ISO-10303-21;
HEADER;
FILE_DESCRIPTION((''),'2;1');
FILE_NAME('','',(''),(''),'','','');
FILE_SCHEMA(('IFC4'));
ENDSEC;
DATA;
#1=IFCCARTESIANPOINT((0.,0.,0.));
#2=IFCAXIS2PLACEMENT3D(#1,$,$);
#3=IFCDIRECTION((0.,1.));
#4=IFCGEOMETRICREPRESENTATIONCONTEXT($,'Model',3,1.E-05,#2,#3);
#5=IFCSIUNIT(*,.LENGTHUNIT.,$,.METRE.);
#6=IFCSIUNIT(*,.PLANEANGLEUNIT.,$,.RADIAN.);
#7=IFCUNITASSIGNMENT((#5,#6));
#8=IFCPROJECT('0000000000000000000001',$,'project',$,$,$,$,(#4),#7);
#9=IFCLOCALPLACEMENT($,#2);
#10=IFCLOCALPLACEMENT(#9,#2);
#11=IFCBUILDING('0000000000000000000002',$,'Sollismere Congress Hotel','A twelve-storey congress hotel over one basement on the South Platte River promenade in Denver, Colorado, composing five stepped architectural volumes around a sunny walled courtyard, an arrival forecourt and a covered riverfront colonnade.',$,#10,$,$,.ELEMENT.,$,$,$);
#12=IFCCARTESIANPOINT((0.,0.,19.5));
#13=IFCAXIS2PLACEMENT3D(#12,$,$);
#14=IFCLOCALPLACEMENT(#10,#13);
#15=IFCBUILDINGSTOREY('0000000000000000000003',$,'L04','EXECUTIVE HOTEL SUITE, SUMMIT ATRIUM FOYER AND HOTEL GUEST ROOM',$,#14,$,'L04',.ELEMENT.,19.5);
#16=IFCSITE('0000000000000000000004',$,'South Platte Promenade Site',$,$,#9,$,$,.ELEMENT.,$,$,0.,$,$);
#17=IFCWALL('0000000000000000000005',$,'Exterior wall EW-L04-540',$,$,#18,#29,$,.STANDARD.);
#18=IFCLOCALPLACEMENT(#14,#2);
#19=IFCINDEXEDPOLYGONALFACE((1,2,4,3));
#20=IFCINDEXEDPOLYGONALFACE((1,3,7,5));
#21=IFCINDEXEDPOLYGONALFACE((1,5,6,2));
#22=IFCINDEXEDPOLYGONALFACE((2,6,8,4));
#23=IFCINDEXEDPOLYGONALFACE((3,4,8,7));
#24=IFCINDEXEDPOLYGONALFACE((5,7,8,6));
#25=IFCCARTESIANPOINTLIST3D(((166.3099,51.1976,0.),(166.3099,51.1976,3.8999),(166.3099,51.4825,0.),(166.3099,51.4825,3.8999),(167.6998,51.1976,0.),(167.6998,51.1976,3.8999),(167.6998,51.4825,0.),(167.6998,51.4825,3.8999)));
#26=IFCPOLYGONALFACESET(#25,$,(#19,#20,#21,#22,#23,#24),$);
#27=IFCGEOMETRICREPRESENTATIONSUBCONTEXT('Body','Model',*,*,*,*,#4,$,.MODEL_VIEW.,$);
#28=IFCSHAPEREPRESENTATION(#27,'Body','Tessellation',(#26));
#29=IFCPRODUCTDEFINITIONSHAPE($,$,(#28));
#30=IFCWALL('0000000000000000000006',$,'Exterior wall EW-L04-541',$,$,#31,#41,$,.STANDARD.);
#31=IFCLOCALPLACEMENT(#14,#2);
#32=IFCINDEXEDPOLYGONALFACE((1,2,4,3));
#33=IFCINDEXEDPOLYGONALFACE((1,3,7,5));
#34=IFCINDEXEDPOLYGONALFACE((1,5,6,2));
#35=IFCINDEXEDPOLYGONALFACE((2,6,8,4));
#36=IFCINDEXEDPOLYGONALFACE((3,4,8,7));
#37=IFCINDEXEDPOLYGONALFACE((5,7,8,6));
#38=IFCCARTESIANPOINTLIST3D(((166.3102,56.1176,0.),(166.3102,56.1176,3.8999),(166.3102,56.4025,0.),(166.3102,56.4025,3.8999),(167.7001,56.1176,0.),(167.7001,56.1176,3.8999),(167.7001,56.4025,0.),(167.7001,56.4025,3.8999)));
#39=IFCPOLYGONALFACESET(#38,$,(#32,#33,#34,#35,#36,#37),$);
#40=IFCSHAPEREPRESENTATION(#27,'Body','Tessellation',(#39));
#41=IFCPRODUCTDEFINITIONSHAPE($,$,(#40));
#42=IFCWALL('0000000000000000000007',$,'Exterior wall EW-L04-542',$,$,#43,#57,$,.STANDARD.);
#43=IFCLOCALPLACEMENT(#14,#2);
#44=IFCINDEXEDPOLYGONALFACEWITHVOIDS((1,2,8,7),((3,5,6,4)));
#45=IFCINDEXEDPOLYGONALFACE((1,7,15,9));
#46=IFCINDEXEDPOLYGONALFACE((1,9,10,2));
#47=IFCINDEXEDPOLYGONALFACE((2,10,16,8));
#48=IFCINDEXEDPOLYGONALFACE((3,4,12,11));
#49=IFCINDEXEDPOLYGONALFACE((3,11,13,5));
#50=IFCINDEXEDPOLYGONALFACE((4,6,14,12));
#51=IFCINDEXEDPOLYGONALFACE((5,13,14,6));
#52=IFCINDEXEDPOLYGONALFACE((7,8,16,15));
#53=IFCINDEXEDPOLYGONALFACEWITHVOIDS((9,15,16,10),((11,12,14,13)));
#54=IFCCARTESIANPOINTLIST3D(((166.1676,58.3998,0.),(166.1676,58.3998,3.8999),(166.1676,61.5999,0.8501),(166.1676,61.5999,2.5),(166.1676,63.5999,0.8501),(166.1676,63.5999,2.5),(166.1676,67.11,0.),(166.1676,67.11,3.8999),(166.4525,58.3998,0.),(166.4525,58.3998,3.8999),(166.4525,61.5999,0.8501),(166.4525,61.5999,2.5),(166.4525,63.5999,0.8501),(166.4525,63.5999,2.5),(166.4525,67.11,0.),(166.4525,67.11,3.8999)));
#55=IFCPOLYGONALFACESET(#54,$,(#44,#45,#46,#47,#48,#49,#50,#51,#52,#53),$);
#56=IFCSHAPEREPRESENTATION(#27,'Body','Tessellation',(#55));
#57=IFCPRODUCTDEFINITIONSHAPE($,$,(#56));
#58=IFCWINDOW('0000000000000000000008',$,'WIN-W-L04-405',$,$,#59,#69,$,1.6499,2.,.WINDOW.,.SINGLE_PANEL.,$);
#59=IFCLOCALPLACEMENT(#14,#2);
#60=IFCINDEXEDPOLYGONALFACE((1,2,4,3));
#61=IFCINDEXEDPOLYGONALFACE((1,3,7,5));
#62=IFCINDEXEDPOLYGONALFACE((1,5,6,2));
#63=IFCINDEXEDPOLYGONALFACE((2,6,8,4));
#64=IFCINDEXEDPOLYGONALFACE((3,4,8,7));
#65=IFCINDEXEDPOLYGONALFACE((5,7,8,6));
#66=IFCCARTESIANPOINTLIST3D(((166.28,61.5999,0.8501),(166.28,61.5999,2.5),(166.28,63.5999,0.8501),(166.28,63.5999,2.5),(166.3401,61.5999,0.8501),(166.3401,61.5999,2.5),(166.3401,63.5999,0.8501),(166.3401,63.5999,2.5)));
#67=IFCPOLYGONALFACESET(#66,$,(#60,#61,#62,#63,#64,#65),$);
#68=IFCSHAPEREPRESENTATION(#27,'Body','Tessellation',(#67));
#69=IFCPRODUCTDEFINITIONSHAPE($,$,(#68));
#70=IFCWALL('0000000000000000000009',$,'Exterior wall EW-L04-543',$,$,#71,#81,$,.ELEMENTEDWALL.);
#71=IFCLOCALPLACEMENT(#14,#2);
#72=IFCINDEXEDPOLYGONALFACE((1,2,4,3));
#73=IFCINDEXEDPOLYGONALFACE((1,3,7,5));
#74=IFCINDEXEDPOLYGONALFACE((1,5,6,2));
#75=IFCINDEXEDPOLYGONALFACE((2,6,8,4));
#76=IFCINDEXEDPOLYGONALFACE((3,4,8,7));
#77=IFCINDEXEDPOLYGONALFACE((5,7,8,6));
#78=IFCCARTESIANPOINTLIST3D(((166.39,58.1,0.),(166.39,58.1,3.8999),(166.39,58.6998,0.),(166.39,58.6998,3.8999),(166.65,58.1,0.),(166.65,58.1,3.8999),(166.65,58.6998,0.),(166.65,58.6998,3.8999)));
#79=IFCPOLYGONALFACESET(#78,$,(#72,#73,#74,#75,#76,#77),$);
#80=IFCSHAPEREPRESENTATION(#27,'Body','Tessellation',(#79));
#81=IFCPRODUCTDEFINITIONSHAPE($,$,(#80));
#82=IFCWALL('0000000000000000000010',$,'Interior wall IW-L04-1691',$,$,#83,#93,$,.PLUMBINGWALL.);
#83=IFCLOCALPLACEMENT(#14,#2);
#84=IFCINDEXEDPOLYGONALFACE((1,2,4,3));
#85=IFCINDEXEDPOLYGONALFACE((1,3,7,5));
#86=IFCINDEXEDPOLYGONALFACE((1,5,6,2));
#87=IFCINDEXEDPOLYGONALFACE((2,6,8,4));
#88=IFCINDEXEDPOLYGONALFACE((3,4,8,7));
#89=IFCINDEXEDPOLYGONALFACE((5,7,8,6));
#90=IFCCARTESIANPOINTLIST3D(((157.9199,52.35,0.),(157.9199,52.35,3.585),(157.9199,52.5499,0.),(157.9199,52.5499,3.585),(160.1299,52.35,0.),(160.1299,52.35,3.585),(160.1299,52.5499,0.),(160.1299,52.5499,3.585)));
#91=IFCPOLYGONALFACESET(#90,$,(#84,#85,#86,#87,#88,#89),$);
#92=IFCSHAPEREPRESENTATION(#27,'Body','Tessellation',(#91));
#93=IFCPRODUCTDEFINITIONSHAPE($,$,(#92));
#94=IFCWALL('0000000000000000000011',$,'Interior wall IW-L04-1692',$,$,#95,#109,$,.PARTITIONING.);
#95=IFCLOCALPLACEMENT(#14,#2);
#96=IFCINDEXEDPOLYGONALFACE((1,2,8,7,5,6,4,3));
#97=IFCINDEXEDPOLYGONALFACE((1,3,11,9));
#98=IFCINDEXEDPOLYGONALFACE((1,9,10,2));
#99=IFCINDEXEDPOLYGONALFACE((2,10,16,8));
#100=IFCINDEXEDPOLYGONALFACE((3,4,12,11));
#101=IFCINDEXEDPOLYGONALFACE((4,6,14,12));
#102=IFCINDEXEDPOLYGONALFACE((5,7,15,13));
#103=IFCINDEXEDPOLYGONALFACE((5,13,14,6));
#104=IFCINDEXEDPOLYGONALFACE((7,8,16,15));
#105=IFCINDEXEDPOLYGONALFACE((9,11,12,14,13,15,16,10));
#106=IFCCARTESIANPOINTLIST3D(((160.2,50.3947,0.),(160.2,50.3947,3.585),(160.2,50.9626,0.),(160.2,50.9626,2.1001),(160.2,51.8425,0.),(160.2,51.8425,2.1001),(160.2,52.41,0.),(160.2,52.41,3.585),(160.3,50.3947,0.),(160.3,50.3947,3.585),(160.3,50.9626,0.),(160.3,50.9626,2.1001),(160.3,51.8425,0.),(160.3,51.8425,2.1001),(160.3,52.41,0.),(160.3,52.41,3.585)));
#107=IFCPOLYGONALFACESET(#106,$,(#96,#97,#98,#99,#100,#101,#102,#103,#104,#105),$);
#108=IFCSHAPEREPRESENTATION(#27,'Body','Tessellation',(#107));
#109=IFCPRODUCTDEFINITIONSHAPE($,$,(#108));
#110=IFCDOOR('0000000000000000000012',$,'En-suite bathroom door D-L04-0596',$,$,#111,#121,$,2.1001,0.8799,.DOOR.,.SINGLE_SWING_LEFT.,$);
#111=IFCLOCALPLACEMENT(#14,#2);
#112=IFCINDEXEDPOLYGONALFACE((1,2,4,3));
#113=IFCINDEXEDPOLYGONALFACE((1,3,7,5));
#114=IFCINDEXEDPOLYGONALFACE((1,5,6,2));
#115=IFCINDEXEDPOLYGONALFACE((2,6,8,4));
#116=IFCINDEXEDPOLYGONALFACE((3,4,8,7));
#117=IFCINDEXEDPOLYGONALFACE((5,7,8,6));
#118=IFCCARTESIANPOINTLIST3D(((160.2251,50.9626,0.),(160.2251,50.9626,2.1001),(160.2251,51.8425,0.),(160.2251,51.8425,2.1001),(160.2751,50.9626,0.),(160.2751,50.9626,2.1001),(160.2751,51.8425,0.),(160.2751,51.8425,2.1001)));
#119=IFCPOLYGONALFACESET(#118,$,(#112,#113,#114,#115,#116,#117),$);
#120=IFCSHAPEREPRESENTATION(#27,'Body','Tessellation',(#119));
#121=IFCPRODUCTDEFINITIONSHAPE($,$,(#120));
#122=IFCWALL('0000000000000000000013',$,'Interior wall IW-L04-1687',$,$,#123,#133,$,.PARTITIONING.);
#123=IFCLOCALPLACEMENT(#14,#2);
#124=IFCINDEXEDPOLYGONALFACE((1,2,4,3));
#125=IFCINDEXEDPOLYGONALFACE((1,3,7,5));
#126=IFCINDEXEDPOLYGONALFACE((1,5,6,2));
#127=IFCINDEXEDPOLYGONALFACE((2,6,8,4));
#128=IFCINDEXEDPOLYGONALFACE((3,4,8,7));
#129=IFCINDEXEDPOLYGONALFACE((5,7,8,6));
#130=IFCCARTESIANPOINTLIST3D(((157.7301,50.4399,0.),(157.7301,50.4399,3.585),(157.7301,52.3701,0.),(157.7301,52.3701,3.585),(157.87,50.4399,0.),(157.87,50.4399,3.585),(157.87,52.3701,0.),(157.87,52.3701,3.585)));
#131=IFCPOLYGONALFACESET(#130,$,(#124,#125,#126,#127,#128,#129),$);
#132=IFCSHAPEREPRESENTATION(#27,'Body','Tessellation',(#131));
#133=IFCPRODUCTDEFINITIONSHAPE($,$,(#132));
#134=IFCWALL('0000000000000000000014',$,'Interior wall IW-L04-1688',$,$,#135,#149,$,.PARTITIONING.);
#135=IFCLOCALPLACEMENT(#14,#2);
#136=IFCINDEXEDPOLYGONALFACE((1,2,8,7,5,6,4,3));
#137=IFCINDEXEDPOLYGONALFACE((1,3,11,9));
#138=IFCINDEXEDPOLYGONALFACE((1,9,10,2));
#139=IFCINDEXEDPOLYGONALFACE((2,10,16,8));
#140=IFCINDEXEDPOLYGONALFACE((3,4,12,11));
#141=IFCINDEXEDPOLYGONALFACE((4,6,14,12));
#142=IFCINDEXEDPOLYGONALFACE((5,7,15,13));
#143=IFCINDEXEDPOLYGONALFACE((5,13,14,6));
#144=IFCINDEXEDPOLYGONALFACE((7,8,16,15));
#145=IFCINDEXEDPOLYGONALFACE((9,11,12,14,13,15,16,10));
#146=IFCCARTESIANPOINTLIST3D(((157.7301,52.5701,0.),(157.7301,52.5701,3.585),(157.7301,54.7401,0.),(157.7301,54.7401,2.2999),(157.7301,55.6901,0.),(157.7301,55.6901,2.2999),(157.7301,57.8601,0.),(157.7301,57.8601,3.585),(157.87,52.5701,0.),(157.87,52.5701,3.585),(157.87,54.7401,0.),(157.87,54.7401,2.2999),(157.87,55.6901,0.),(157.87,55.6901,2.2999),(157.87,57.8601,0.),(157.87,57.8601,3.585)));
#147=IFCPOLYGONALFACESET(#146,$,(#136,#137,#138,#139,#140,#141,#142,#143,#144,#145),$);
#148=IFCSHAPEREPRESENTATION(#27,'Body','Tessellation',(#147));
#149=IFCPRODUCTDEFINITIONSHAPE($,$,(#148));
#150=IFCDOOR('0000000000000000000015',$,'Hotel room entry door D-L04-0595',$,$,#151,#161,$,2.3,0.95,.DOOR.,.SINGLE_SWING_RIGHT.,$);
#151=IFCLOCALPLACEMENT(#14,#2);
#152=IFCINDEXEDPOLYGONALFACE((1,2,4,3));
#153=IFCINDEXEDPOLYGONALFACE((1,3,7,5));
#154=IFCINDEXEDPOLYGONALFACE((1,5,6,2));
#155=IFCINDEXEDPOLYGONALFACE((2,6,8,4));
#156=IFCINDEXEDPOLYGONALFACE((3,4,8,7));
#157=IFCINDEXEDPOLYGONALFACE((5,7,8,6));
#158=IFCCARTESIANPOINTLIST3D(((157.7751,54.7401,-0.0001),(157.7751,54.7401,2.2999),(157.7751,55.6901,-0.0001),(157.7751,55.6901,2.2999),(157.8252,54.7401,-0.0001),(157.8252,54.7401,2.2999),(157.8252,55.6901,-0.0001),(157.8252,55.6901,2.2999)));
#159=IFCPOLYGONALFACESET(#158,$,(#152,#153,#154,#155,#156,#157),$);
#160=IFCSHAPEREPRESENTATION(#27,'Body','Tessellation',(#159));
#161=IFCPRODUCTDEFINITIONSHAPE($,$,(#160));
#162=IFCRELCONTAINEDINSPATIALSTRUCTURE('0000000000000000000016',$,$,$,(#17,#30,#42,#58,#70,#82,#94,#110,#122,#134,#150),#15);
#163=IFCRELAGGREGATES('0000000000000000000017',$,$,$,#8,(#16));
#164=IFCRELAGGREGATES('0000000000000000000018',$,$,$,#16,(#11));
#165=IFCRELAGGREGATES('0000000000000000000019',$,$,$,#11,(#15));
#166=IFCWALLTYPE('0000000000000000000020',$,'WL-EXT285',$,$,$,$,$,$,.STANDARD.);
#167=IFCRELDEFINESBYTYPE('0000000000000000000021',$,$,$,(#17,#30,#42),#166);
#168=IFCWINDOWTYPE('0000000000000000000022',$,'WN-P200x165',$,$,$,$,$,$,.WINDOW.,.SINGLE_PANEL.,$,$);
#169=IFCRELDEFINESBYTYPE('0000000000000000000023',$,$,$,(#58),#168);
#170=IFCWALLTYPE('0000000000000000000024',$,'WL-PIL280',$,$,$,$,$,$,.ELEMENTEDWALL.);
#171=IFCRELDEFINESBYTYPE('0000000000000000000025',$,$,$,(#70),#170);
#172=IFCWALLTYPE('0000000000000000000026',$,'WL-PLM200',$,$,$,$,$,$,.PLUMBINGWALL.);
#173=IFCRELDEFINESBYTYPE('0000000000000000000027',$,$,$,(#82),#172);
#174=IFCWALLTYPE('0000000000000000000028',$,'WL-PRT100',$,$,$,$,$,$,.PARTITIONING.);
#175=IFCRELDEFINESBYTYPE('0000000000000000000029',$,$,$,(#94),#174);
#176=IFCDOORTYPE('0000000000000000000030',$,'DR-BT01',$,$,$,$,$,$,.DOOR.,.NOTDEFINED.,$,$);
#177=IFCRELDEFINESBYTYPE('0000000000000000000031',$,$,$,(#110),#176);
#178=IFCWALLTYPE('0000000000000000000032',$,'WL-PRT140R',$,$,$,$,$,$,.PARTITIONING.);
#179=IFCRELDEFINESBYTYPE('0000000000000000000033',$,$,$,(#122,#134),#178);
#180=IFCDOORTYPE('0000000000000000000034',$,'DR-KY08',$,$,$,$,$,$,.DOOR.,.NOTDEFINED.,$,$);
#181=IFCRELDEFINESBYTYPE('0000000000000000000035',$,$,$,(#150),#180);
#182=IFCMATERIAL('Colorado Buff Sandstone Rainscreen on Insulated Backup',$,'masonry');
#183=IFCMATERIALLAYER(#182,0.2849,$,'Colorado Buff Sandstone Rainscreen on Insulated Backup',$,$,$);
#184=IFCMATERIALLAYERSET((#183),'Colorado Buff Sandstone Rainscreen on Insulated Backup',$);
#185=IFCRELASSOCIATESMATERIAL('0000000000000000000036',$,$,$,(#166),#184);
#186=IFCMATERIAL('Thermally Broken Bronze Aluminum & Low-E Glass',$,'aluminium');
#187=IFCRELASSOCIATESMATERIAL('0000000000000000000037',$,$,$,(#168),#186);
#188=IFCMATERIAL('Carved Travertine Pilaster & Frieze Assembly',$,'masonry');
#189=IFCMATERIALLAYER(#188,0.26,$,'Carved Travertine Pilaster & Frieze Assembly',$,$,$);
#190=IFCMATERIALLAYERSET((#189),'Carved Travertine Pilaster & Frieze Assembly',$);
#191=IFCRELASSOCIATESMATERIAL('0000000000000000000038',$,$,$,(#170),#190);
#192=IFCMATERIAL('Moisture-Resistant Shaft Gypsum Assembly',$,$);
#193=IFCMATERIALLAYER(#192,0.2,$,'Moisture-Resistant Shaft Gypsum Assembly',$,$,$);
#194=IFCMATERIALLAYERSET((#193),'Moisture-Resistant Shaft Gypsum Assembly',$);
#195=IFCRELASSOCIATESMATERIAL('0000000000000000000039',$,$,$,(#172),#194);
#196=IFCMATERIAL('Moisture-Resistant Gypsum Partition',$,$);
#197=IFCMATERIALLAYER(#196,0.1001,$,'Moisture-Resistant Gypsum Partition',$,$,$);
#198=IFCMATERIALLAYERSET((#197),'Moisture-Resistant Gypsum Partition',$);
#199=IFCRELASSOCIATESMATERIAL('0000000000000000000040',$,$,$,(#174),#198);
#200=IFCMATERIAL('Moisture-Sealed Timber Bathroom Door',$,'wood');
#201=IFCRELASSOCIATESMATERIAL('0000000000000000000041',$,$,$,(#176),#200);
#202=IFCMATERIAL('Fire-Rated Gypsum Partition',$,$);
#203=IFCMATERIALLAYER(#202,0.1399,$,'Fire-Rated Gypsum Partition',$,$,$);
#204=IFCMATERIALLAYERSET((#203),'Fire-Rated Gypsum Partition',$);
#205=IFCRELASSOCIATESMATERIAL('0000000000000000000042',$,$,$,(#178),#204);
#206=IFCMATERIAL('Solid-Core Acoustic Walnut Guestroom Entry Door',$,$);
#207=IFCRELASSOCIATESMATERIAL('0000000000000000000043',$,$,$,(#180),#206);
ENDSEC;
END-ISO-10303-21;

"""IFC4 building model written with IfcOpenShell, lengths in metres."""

from ifc_helpers import new_model, si_unit, direction, frame, frame_2d, origin, place, context, subcontext, project, spatial, rectangle, extrude, material, layer, layer_set, type_object, element, fill, save


model = new_model("IFC4")

# Units and contexts
model_context = context("Model", 3, precision=1e-05, world=origin(), true_north=direction((0.0, 1.0)))
body_context = subcontext(model_context, "Body", "Model", "MODEL_VIEW")
ifc_project = project(units=[si_unit("LENGTHUNIT", "METRE"), si_unit("PLANEANGLEUNIT", "RADIAN")], contexts=[model_context])

# Site, building, storey
site_placement = place(None, origin())
site = spatial("IfcSite", under=ifc_project, at=site_placement, Name="South Platte Promenade Site", CompositionType="ELEMENT", RefElevation=0.0)
building_placement = place(site_placement, origin())
building = spatial("IfcBuilding", under=site, at=building_placement, Name="Sollismere Congress Hotel", Description="A twelve-storey congress hotel over one basement on the South Platte River promenade in Denver, Colorado, composing five stepped architectural volumes around a sunny walled courtyard, an arrival forecourt and a covered riverfront colonnade.", CompositionType="ELEMENT")
storey_placement = place(building_placement, frame((0.0, 0.0, 19.5)))
storey = spatial("IfcBuildingStorey", under=building, at=storey_placement, Name="L04", Description="EXECUTIVE HOTEL SUITE, SUMMIT ATRIUM FOYER AND HOTEL GUEST ROOM", LongName="L04", CompositionType="ELEMENT", Elevation=19.5)

# Shared definitions
ifc_material_1 = material(Name="Colorado Buff Sandstone Rainscreen on Insulated Backup", Category="masonry")
ifc_layer_1 = layer(ifc_material_1, 0.2849, Name="Colorado Buff Sandstone Rainscreen on Insulated Backup")
ifc_layer_set_1 = layer_set([ifc_layer_1], Name="Colorado Buff Sandstone Rainscreen on Insulated Backup")
wall_type_1 = type_object("IfcWallType", Name="WL-EXT285", PredefinedType="STANDARD", material=ifc_layer_set_1)

# Shared definitions
ifc_material_2 = material(Name="Thermally Broken Bronze Aluminum & Low-E Glass", Category="aluminium")

# Walls
for number, where, z_axis, x_axis, name in (
    (1, (166.3101, 51.3401, 0.0), (0.0, 0.0, 1.0), (1.0, 0.0, 0.0), "Exterior wall EW-L04-540"),
    (2, (167.7, 56.26, 0.0), (0.0, 0.0, 1.0), (-1.0, 0.0, 0.0), "Exterior wall EW-L04-541"),
):
    element("IfcWall", number, at=place(storey_placement, frame(where, z_axis=z_axis, x_axis=x_axis)), inside=storey, type_object=wall_type_1, Name=name, PredefinedType="STANDARD", context=body_context, shape_type="SweptSolid", body=[
        extrude(rectangle(XDim=1.3899, YDim=0.2849, at=frame_2d((0.6948, 0.0))), origin(), (0.0, 0.0, 1.0), 3.8999),
    ])

# Wall, opening, window
wall_1_placement = place(storey_placement, frame((166.3101, 58.3999, 0.0), z_axis=(0.0, 0.0, 1.0), x_axis=(0.0, 1.0, 0.0)))
wall_1 = element("IfcWall", 3, at=wall_1_placement, inside=storey, type_object=wall_type_1, Name="Exterior wall EW-L04-542", PredefinedType="STANDARD", context=body_context, shape_type="SweptSolid", body=[
    extrude(rectangle(XDim=8.7102, YDim=0.2849, at=frame_2d((4.355, 0.0))), origin(), (0.0, 0.0, 1.0), 3.8999),
])
opening_1_placement = place(wall_1_placement, frame((3.2, 0.0, 0.8501)))
opening_1 = element("IfcOpeningElement", 4, at=opening_1_placement, cuts=wall_1, PredefinedType="OPENING", context=body_context, shape_type="SweptSolid", body=[
    extrude(rectangle(XDim=2.0, YDim=1.6499, at=frame_2d((1.0, 0.825))), frame((0.0, 0.1523, 0.0), z_axis=(0.0, -1.0, 0.0), x_axis=(1.0, 0.0, 0.0)), (0.0, 0.0, 1.0), 0.3049),
])
window_type_1 = type_object("IfcWindowType", Name="WN-P200x165", PartitioningType="SINGLE_PANEL", PredefinedType="WINDOW", material=ifc_material_2)
window_1_placement = place(opening_1_placement, origin())
window_1 = element("IfcWindow", 5, at=window_1_placement, inside=storey, type_object=window_type_1, Name="WIN-W-L04-405", OverallHeight=1.6499, OverallWidth=2.0, PartitioningType="SINGLE_PANEL", PredefinedType="WINDOW", context=body_context, shape_type="SweptSolid", body=[
    extrude(rectangle(XDim=2.0, YDim=1.6499, at=frame_2d((1.0, 0.825))), frame((0.0, 0.03, 0.0), z_axis=(0.0, -1.0, 0.0), x_axis=(1.0, 0.0, 0.0)), (0.0, 0.0, 1.0), 0.0601),
])
fill(opening_1, window_1)

# Walls
ifc_material_3 = material(Name="Carved Travertine Pilaster & Frieze Assembly", Category="masonry")
ifc_layer_2 = layer(ifc_material_3, 0.26, Name="Carved Travertine Pilaster & Frieze Assembly")
ifc_layer_set_2 = layer_set([ifc_layer_2], Name="Carved Travertine Pilaster & Frieze Assembly")
wall_type_2 = type_object("IfcWallType", Name="WL-PIL280", PredefinedType="ELEMENTEDWALL", material=ifc_layer_set_2)
wall_2_placement = place(storey_placement, frame((166.52, 58.1001, 0.0), z_axis=(0.0, 0.0, 1.0), x_axis=(0.0, 1.0, 0.0)))
element("IfcWall", 6, at=wall_2_placement, inside=storey, type_object=wall_type_2, Name="Exterior wall EW-L04-543", PredefinedType="ELEMENTEDWALL", context=body_context, shape_type="SweptSolid", body=[
    extrude(rectangle(XDim=0.5999, YDim=0.26, at=frame_2d((0.2998, 0.0))), origin(), (0.0, 0.0, 1.0), 3.8999),
])
ifc_material_4 = material(Name="Moisture-Resistant Shaft Gypsum Assembly")
ifc_layer_3 = layer(ifc_material_4, 0.2, Name="Moisture-Resistant Shaft Gypsum Assembly")
ifc_layer_set_3 = layer_set([ifc_layer_3], Name="Moisture-Resistant Shaft Gypsum Assembly")
wall_type_3 = type_object("IfcWallType", Name="WL-PLM200", PredefinedType="PLUMBINGWALL", material=ifc_layer_set_3)
wall_3_placement = place(storey_placement, frame((157.9199, 52.45, 0.0), z_axis=(0.0, 0.0, 1.0), x_axis=(1.0, 0.0, 0.0)))
element("IfcWall", 7, at=wall_3_placement, inside=storey, type_object=wall_type_3, Name="Interior wall IW-L04-1691", PredefinedType="PLUMBINGWALL", context=body_context, shape_type="SweptSolid", body=[
    extrude(rectangle(XDim=2.21, YDim=0.2, at=frame_2d((1.105, 0.0))), origin(), (0.0, 0.0, 1.0), 3.585),
])

# Wall, opening, door
ifc_material_5 = material(Name="Moisture-Resistant Gypsum Partition")
ifc_layer_4 = layer(ifc_material_5, 0.1001, Name="Moisture-Resistant Gypsum Partition")
ifc_layer_set_4 = layer_set([ifc_layer_4], Name="Moisture-Resistant Gypsum Partition")
wall_type_4 = type_object("IfcWallType", Name="WL-PRT100", PredefinedType="PARTITIONING", material=ifc_layer_set_4)
wall_4_placement = place(storey_placement, frame((160.25, 50.3945, 0.0), z_axis=(0.0, 0.0, 1.0), x_axis=(0.0, 1.0, 0.0)))
wall_4 = element("IfcWall", 8, at=wall_4_placement, inside=storey, type_object=wall_type_4, Name="Interior wall IW-L04-1692", PredefinedType="PARTITIONING", context=body_context, shape_type="SweptSolid", body=[
    extrude(rectangle(XDim=2.0154, YDim=0.1001, at=frame_2d((1.0078, 0.0))), origin(), (0.0, 0.0, 1.0), 3.585),
])
opening_2_placement = place(wall_4_placement, frame((0.5681, 0.0, 0.0)))
opening_2 = element("IfcOpeningElement", 9, at=opening_2_placement, cuts=wall_4, PredefinedType="OPENING", context=body_context, shape_type="SweptSolid", body=[
    extrude(rectangle(XDim=0.8799, YDim=2.1001, at=frame_2d((0.4399, 1.05))), frame((0.0, 0.0601, 0.0), z_axis=(0.0, -1.0, 0.0), x_axis=(1.0, 0.0, 0.0)), (0.0, 0.0, 1.0), 0.1201),
])
ifc_material_6 = material(Name="Moisture-Sealed Timber Bathroom Door", Category="wood")
door_type_1 = type_object("IfcDoorType", Name="DR-BT01", OperationType="NOTDEFINED", PredefinedType="DOOR", material=ifc_material_6)
door_1_placement = place(opening_2_placement, origin())
door_1 = element("IfcDoor", 10, at=door_1_placement, inside=storey, type_object=door_type_1, Name="En-suite bathroom door D-L04-0596", OperationType="SINGLE_SWING_LEFT", OverallHeight=2.1001, OverallWidth=0.8799, PredefinedType="DOOR", context=body_context, shape_type="SweptSolid", body=[
    extrude(rectangle(XDim=0.8799, YDim=2.1001, at=frame_2d((0.4399, 1.05))), frame((0.0, 0.0249, 0.0), z_axis=(0.0, -1.0, 0.0), x_axis=(1.0, 0.0, 0.0)), (0.0, 0.0, 1.0), 0.05),
])
fill(opening_2, door_1)

# Wall
ifc_material_7 = material(Name="Fire-Rated Gypsum Partition")
ifc_layer_5 = layer(ifc_material_7, 0.1399, Name="Fire-Rated Gypsum Partition")
ifc_layer_set_5 = layer_set([ifc_layer_5], Name="Fire-Rated Gypsum Partition")
wall_type_5 = type_object("IfcWallType", Name="WL-PRT140R", PredefinedType="PARTITIONING", material=ifc_layer_set_5)
wall_5_placement = place(storey_placement, frame((157.8, 50.4399, 0.0), z_axis=(0.0, 0.0, 1.0), x_axis=(0.0, 1.0, 0.0)))
element("IfcWall", 11, at=wall_5_placement, inside=storey, type_object=wall_type_5, Name="Interior wall IW-L04-1687", PredefinedType="PARTITIONING", context=body_context, shape_type="SweptSolid", body=[
    extrude(rectangle(XDim=1.9302, YDim=0.1399, at=frame_2d((0.9651, 0.0))), origin(), (0.0, 0.0, 1.0), 3.585),
])

# Wall, opening, door
wall_6_placement = place(storey_placement, frame((157.8, 52.5701, 0.0), z_axis=(0.0, 0.0, 1.0), x_axis=(0.0, 1.0, 0.0)))
wall_6 = element("IfcWall", 12, at=wall_6_placement, inside=storey, type_object=wall_type_5, Name="Interior wall IW-L04-1688", PredefinedType="PARTITIONING", context=body_context, shape_type="SweptSolid", body=[
    extrude(rectangle(XDim=5.29, YDim=0.1399, at=frame_2d((2.645, 0.0))), origin(), (0.0, 0.0, 1.0), 3.585),
])
opening_3_placement = place(wall_6_placement, frame((2.1699, 0.0, 0.0)))
opening_3 = element("IfcOpeningElement", 13, at=opening_3_placement, cuts=wall_6, PredefinedType="OPENING", context=body_context, shape_type="SweptSolid", body=[
    extrude(rectangle(XDim=0.95, YDim=2.3, at=frame_2d((0.4751, 1.1499))), frame((0.0, 0.0798, 0.0), z_axis=(0.0, -1.0, 0.0), x_axis=(1.0, 0.0, 0.0)), (0.0, 0.0, 1.0), 0.1599),
])
ifc_material_8 = material(Name="Solid-Core Acoustic Walnut Guestroom Entry Door")
door_type_2 = type_object("IfcDoorType", Name="DR-KY08", OperationType="NOTDEFINED", PredefinedType="DOOR", material=ifc_material_8)
door_2_placement = place(opening_3_placement, origin())
door_2 = element("IfcDoor", 14, at=door_2_placement, inside=storey, type_object=door_type_2, Name="Hotel room entry door D-L04-0595", OperationType="SINGLE_SWING_RIGHT", OverallHeight=2.3, OverallWidth=0.95, PredefinedType="DOOR", context=body_context, shape_type="SweptSolid", body=[
    extrude(rectangle(XDim=0.95, YDim=2.3, at=frame_2d((0.4751, 1.1499))), frame((0.0, 0.0249, 0.0), z_axis=(0.0, -1.0, 0.0), x_axis=(1.0, 0.0, 0.0)), (0.0, 0.0, 1.0), 0.05),
])
fill(opening_3, door_2)

save(model, "model.ifc")
